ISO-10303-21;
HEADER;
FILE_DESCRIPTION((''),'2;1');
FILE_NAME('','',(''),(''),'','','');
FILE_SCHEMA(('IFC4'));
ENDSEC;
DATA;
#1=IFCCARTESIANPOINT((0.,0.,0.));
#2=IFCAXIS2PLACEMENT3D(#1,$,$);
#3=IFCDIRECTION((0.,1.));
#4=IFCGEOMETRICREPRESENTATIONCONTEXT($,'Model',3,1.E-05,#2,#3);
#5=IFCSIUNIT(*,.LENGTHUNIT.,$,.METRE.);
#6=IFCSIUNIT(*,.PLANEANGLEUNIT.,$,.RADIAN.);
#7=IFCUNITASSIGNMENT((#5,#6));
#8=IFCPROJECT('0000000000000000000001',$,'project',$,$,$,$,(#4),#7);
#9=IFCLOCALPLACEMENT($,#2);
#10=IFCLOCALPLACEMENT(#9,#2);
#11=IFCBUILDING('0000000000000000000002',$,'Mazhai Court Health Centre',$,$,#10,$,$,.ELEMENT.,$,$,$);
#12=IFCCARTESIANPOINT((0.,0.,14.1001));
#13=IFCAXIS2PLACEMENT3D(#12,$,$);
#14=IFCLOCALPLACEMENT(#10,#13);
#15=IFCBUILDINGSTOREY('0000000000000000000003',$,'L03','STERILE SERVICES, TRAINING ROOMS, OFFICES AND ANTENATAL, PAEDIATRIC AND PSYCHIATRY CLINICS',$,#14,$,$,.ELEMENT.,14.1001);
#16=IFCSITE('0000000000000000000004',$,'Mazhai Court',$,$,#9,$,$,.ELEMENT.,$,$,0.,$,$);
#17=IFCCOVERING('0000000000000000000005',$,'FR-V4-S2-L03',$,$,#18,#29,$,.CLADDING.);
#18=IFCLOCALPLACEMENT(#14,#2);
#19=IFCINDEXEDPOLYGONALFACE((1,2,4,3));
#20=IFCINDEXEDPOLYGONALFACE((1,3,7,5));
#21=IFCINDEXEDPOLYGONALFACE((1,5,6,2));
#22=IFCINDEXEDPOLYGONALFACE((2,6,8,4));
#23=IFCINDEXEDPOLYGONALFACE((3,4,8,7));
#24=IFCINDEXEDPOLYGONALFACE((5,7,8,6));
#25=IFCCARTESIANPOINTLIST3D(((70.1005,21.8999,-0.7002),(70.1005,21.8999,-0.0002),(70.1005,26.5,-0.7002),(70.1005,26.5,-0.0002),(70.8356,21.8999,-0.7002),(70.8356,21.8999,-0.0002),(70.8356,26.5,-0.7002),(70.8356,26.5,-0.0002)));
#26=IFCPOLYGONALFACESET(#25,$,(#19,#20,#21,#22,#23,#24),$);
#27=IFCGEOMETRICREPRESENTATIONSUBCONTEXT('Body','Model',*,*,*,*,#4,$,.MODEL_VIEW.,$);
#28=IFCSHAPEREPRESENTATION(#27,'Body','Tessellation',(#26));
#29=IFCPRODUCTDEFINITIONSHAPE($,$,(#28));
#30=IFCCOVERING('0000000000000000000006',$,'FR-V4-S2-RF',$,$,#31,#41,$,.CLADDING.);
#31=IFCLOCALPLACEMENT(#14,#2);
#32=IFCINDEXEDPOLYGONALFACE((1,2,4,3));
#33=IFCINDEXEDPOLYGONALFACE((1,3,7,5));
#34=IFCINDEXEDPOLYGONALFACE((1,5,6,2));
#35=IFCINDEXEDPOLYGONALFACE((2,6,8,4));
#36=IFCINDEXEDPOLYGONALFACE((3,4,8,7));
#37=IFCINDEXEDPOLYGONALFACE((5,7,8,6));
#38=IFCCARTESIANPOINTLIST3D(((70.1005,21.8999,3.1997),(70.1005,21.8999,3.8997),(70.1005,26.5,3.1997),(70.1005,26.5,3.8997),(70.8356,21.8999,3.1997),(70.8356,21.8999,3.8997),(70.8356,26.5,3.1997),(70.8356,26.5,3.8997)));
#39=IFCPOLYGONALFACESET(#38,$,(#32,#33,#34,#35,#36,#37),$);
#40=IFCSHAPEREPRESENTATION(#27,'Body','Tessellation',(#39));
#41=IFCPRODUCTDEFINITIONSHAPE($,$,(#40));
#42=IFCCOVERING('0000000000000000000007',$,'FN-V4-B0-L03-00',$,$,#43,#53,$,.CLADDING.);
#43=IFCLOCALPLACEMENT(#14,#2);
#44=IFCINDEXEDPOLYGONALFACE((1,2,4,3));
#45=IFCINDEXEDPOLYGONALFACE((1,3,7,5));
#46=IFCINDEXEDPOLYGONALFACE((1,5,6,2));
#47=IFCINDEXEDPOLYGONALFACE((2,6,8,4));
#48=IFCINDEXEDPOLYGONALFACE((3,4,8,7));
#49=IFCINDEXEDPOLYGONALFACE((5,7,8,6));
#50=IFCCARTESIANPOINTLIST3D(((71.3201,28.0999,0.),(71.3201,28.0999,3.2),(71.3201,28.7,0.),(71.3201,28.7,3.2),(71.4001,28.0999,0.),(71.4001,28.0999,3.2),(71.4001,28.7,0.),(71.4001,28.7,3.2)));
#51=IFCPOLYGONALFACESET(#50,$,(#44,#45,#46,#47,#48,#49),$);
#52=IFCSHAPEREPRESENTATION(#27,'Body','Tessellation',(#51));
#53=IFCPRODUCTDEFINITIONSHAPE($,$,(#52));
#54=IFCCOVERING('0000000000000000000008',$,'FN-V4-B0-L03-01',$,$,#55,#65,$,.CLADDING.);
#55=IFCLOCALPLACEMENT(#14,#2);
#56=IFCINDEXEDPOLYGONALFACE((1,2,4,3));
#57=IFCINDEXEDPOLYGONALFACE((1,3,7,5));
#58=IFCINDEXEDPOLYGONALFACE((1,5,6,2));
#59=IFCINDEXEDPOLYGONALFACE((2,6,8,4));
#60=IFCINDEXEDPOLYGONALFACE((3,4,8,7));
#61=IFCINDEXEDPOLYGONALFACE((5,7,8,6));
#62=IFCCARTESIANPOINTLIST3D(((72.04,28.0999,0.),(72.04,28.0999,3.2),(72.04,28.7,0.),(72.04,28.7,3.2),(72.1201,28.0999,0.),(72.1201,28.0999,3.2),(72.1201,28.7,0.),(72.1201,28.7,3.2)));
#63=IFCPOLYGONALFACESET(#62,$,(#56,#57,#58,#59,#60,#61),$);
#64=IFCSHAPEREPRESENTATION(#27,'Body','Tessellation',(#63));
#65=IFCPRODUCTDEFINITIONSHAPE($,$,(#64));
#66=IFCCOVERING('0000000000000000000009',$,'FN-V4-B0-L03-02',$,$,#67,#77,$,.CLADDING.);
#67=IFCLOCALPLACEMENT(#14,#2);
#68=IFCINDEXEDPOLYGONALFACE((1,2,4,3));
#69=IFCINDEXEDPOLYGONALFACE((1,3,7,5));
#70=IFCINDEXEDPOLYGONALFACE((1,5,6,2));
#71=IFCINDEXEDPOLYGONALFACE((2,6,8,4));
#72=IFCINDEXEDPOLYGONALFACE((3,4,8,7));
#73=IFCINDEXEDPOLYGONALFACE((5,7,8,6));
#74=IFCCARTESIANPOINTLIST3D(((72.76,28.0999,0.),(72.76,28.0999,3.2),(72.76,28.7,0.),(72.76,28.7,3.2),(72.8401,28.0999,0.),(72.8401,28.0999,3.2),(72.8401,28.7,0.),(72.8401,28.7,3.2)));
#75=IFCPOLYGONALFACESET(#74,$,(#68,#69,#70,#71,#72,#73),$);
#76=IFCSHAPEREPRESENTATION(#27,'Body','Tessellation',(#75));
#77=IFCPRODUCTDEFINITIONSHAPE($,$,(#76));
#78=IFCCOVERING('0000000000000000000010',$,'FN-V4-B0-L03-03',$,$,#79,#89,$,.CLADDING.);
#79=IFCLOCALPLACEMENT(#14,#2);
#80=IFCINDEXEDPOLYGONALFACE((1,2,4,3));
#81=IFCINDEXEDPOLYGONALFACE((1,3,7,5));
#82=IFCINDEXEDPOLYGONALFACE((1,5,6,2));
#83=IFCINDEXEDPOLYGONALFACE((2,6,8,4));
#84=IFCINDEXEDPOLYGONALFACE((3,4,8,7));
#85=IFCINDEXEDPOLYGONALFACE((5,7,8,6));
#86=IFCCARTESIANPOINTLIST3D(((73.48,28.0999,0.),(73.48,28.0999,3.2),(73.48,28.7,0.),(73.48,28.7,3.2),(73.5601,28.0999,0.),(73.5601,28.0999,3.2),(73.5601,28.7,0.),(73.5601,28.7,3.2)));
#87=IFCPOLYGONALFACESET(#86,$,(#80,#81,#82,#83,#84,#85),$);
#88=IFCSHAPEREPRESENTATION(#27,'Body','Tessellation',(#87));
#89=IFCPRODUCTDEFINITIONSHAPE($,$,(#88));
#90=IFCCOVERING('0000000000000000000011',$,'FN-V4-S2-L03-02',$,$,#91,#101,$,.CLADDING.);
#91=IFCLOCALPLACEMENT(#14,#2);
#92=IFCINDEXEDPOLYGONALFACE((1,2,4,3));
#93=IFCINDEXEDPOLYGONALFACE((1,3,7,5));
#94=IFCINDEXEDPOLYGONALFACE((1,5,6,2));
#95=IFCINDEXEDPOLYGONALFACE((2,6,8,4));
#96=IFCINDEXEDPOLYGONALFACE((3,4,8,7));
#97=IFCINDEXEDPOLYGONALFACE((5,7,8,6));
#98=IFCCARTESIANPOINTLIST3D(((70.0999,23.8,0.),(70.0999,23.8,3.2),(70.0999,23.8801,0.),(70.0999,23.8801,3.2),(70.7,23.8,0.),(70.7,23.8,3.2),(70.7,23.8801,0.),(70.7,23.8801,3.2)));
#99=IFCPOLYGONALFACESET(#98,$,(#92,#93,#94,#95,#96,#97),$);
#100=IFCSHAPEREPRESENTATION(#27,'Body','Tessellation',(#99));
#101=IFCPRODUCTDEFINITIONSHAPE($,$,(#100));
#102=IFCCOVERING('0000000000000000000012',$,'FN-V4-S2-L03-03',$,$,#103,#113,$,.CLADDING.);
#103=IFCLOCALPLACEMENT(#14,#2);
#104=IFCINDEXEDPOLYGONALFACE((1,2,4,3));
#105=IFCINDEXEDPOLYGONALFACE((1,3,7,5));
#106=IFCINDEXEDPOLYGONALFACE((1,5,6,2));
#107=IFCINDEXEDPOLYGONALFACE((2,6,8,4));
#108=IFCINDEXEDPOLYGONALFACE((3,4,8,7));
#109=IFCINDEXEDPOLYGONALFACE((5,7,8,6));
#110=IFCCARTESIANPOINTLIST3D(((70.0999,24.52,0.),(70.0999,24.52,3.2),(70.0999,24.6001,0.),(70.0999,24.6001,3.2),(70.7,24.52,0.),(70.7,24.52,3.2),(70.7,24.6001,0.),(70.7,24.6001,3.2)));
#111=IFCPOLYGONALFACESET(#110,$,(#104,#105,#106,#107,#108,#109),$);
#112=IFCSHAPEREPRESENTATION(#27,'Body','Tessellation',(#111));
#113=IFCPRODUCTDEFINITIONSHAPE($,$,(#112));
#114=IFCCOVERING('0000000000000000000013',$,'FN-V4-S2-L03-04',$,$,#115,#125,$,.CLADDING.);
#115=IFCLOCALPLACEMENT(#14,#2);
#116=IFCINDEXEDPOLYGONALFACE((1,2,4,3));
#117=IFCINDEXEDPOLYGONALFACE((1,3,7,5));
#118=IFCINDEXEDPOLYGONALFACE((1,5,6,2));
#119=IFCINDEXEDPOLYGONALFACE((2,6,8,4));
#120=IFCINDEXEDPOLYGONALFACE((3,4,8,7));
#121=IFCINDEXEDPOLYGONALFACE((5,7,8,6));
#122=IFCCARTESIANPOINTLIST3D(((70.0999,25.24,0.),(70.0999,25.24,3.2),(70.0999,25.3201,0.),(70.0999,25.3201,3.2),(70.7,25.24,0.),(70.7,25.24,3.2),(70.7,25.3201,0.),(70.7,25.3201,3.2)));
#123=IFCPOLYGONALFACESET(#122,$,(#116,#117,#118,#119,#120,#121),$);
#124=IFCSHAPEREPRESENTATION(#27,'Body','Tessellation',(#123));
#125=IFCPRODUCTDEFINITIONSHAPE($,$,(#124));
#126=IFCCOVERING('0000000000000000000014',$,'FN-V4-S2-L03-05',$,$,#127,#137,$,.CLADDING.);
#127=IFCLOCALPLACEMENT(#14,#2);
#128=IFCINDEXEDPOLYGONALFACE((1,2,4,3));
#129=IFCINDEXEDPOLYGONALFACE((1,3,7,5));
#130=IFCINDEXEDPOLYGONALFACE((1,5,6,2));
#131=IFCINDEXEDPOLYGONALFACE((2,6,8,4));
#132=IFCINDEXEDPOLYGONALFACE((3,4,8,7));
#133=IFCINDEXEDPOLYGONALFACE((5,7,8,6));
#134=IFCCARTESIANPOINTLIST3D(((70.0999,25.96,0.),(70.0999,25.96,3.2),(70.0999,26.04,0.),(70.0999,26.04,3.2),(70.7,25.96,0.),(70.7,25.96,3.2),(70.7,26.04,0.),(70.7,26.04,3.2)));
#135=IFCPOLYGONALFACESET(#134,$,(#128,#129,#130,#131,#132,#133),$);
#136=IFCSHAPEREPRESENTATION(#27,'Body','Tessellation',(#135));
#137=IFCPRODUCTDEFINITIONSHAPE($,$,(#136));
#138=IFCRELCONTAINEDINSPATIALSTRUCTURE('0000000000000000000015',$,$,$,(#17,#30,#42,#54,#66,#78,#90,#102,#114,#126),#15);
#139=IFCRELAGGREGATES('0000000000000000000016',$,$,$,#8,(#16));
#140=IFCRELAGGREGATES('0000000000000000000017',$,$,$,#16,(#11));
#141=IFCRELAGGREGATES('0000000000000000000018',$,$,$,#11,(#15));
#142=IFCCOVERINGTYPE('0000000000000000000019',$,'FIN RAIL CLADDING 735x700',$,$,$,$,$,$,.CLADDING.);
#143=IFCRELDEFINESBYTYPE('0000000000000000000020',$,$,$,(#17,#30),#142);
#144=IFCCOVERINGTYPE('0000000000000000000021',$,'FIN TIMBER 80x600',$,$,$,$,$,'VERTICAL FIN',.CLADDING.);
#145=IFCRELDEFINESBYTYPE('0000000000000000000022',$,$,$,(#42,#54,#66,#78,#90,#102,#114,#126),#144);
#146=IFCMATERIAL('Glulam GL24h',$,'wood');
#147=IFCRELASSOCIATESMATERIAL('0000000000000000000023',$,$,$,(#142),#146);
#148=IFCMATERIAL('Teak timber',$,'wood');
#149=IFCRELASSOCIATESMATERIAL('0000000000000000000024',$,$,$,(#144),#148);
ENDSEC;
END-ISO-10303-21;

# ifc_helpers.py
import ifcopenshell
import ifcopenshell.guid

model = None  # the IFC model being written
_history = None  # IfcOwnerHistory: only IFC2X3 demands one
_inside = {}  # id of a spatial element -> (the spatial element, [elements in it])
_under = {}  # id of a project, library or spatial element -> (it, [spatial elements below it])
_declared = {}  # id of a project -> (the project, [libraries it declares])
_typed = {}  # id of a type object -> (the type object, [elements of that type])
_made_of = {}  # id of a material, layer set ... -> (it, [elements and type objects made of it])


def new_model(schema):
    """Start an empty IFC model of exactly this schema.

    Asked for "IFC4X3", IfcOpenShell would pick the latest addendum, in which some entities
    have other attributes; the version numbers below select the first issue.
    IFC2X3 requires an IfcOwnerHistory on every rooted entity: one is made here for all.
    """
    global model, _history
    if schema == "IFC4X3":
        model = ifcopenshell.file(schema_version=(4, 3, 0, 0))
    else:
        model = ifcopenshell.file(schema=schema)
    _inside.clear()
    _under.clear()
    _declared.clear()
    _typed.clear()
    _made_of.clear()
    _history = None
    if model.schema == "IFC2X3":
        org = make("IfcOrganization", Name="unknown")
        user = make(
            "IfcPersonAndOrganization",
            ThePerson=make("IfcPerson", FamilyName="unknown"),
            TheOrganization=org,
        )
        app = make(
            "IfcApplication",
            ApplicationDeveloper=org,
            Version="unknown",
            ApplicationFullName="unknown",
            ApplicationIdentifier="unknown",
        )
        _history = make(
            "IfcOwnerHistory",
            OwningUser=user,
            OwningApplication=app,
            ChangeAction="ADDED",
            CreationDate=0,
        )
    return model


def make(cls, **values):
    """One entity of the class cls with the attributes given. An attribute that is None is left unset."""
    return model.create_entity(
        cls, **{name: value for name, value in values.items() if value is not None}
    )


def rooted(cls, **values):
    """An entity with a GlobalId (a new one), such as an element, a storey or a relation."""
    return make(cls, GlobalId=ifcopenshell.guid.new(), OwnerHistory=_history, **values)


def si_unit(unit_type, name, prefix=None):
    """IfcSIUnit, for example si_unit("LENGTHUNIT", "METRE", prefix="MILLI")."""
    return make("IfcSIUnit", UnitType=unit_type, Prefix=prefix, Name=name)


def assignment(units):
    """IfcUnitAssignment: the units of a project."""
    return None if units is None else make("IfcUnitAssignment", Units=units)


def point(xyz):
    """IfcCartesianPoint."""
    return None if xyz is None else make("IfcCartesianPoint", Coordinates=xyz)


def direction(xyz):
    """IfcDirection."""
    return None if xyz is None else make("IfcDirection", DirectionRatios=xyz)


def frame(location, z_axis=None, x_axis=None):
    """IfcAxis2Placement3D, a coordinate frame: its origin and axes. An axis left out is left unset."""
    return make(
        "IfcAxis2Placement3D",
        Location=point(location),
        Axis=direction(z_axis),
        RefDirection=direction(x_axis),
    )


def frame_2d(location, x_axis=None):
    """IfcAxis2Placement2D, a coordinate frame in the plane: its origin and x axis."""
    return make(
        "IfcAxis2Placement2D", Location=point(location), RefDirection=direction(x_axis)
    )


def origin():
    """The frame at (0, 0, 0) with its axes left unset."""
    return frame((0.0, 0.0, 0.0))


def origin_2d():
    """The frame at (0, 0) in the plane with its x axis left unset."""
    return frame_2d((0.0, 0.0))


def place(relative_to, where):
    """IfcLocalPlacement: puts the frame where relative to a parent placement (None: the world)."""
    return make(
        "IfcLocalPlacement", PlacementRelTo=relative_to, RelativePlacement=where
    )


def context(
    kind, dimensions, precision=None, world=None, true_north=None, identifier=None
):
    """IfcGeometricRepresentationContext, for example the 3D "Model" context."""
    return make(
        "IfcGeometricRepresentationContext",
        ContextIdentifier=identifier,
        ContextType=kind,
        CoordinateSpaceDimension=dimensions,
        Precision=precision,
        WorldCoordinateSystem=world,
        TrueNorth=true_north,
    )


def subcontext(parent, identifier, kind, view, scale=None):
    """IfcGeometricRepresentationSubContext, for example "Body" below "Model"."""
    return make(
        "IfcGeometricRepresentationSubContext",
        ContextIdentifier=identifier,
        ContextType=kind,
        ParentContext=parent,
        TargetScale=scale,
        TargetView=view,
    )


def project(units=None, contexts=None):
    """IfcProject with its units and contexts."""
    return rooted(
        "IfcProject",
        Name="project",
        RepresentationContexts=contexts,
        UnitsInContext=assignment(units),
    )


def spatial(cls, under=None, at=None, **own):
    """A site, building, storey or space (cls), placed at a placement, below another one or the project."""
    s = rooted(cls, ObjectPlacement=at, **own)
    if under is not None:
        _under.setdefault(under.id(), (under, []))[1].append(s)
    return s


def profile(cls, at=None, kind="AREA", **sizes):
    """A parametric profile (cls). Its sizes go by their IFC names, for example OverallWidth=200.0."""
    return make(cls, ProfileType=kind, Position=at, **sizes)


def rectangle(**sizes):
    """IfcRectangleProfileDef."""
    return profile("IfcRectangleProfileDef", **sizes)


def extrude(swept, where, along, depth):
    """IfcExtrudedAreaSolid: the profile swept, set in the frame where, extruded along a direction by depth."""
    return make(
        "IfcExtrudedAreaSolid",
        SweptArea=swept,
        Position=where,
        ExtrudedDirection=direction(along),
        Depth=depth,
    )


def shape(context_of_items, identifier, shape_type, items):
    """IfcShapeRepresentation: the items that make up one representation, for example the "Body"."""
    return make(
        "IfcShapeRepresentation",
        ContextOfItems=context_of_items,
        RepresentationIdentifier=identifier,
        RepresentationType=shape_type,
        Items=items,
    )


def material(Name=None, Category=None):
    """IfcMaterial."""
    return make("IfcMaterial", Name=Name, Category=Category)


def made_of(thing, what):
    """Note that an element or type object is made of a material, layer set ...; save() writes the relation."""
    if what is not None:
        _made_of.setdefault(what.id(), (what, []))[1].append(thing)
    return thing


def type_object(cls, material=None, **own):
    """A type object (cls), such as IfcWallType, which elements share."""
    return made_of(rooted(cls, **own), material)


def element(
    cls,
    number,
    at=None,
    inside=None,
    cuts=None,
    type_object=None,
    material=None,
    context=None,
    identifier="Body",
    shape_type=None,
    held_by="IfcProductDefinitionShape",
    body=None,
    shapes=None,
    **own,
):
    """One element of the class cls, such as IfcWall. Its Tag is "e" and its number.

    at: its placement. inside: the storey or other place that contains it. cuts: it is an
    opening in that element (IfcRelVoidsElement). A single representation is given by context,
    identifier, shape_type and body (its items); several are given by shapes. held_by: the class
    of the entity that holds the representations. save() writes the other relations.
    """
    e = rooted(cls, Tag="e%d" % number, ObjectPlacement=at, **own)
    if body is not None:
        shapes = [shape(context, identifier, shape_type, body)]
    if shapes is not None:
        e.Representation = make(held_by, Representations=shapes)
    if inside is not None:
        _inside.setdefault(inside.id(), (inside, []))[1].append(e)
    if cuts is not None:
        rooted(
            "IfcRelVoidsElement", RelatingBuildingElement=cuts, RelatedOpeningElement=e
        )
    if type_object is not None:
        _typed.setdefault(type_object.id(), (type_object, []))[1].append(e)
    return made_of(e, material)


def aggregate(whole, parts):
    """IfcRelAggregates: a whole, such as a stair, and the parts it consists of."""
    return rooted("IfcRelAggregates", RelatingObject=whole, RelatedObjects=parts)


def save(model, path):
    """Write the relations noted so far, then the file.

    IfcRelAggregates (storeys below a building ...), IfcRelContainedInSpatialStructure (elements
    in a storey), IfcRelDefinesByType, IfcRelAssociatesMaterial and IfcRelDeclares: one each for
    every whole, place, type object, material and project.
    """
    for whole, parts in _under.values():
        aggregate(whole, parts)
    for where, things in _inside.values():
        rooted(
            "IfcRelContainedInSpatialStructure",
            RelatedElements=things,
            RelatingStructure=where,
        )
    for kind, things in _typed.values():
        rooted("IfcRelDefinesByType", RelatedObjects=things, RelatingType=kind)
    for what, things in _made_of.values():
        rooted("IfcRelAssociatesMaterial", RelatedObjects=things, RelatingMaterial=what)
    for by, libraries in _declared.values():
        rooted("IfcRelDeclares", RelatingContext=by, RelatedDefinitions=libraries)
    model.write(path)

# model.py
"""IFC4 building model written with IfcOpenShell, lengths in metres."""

from ifc_helpers import new_model, si_unit, direction, frame, origin, origin_2d, place, context, subcontext, project, spatial, rectangle, extrude, material, type_object, element, save


model = new_model("IFC4")

# Units and contexts
model_context = context("Model", 3, precision=1e-05, world=origin(), true_north=direction((0.0, 1.0)))
body_context = subcontext(model_context, "Body", "Model", "MODEL_VIEW")
ifc_project = project(units=[si_unit("LENGTHUNIT", "METRE"), si_unit("PLANEANGLEUNIT", "RADIAN")], contexts=[model_context])

# Site, building, storey
site_placement = place(None, origin())
site = spatial("IfcSite", under=ifc_project, at=site_placement, Name="Mazhai Court", CompositionType="ELEMENT", RefElevation=0.0)
building_placement = place(site_placement, origin())
building = spatial("IfcBuilding", under=site, at=building_placement, Name="Mazhai Court Health Centre", CompositionType="ELEMENT")
storey_placement = place(building_placement, frame((0.0, 0.0, 14.1001)))
storey = spatial("IfcBuildingStorey", under=building, at=storey_placement, Name="L03", Description="STERILE SERVICES, TRAINING ROOMS, OFFICES AND ANTENATAL, PAEDIATRIC AND PSYCHIATRY CLINICS", CompositionType="ELEMENT", Elevation=14.1001)

# Coverings
ifc_material_1 = material(Name="Glulam GL24h", Category="wood")
covering_type_1 = type_object("IfcCoveringType", Name="FIN RAIL CLADDING 735x700", PredefinedType="CLADDING", material=ifc_material_1)
for number, where, z_axis, x_axis, name in (
    (1, (70.468, 24.2, -0.7002), (0.0, 0.0, 1.0), (1.0, 0.0, 0.0), "FR-V4-S2-L03"),
    (2, (70.468, 24.2, 3.1997), (0.0, 0.0, 1.0), (1.0, 0.0, 0.0), "FR-V4-S2-RF"),
):
    element("IfcCovering", number, at=place(storey_placement, frame(where, z_axis=z_axis, x_axis=x_axis)), inside=storey, type_object=covering_type_1, Name=name, PredefinedType="CLADDING", context=body_context, shape_type="SweptSolid", body=[
        extrude(rectangle(XDim=0.7351, YDim=4.6001, at=origin_2d()), origin(), (0.0, 0.0, 1.0), 0.7),
    ])
ifc_material_2 = material(Name="Teak timber", Category="wood")
covering_type_2 = type_object("IfcCoveringType", Name="FIN TIMBER 80x600", ElementType="VERTICAL FIN", PredefinedType="CLADDING", material=ifc_material_2)
for number, where, z_axis, x_axis, name in (
    (3, (71.3601, 28.3999, 0.0), (0.0, 0.0, 1.0), (1.0, 0.0, 0.0), "FN-V4-B0-L03-00"),
    (4, (72.0801, 28.3999, 0.0), (0.0, 0.0, 1.0), (1.0, 0.0, 0.0), "FN-V4-B0-L03-01"),
    (5, (72.8, 28.3999, 0.0), (0.0, 0.0, 1.0), (1.0, 0.0, 0.0), "FN-V4-B0-L03-02"),
    (6, (73.52, 28.3999, 0.0), (0.0, 0.0, 1.0), (1.0, 0.0, 0.0), "FN-V4-B0-L03-03"),
    (7, (70.3999, 23.8401, 0.0), (0.0, 0.0, 1.0), (0.0, 1.0, 0.0), "FN-V4-S2-L03-02"),
    (8, (70.3999, 24.5601, 0.0), (0.0, 0.0, 1.0), (0.0, 1.0, 0.0), "FN-V4-S2-L03-03"),
    (9, (70.3999, 25.28, 0.0), (0.0, 0.0, 1.0), (0.0, 1.0, 0.0), "FN-V4-S2-L03-04"),
    (10, (70.3999, 26.0, 0.0), (0.0, 0.0, 1.0), (0.0, 1.0, 0.0), "FN-V4-S2-L03-05"),
):
    element("IfcCovering", number, at=place(storey_placement, frame(where, z_axis=z_axis, x_axis=x_axis)), inside=storey, type_object=covering_type_2, Name=name, PredefinedType="CLADDING", context=body_context, shape_type="SweptSolid", body=[
        extrude(rectangle(XDim=0.0801, YDim=0.6001, at=origin_2d()), origin(), (0.0, 0.0, 1.0), 3.2),
    ])

save(model, "model.ifc")
